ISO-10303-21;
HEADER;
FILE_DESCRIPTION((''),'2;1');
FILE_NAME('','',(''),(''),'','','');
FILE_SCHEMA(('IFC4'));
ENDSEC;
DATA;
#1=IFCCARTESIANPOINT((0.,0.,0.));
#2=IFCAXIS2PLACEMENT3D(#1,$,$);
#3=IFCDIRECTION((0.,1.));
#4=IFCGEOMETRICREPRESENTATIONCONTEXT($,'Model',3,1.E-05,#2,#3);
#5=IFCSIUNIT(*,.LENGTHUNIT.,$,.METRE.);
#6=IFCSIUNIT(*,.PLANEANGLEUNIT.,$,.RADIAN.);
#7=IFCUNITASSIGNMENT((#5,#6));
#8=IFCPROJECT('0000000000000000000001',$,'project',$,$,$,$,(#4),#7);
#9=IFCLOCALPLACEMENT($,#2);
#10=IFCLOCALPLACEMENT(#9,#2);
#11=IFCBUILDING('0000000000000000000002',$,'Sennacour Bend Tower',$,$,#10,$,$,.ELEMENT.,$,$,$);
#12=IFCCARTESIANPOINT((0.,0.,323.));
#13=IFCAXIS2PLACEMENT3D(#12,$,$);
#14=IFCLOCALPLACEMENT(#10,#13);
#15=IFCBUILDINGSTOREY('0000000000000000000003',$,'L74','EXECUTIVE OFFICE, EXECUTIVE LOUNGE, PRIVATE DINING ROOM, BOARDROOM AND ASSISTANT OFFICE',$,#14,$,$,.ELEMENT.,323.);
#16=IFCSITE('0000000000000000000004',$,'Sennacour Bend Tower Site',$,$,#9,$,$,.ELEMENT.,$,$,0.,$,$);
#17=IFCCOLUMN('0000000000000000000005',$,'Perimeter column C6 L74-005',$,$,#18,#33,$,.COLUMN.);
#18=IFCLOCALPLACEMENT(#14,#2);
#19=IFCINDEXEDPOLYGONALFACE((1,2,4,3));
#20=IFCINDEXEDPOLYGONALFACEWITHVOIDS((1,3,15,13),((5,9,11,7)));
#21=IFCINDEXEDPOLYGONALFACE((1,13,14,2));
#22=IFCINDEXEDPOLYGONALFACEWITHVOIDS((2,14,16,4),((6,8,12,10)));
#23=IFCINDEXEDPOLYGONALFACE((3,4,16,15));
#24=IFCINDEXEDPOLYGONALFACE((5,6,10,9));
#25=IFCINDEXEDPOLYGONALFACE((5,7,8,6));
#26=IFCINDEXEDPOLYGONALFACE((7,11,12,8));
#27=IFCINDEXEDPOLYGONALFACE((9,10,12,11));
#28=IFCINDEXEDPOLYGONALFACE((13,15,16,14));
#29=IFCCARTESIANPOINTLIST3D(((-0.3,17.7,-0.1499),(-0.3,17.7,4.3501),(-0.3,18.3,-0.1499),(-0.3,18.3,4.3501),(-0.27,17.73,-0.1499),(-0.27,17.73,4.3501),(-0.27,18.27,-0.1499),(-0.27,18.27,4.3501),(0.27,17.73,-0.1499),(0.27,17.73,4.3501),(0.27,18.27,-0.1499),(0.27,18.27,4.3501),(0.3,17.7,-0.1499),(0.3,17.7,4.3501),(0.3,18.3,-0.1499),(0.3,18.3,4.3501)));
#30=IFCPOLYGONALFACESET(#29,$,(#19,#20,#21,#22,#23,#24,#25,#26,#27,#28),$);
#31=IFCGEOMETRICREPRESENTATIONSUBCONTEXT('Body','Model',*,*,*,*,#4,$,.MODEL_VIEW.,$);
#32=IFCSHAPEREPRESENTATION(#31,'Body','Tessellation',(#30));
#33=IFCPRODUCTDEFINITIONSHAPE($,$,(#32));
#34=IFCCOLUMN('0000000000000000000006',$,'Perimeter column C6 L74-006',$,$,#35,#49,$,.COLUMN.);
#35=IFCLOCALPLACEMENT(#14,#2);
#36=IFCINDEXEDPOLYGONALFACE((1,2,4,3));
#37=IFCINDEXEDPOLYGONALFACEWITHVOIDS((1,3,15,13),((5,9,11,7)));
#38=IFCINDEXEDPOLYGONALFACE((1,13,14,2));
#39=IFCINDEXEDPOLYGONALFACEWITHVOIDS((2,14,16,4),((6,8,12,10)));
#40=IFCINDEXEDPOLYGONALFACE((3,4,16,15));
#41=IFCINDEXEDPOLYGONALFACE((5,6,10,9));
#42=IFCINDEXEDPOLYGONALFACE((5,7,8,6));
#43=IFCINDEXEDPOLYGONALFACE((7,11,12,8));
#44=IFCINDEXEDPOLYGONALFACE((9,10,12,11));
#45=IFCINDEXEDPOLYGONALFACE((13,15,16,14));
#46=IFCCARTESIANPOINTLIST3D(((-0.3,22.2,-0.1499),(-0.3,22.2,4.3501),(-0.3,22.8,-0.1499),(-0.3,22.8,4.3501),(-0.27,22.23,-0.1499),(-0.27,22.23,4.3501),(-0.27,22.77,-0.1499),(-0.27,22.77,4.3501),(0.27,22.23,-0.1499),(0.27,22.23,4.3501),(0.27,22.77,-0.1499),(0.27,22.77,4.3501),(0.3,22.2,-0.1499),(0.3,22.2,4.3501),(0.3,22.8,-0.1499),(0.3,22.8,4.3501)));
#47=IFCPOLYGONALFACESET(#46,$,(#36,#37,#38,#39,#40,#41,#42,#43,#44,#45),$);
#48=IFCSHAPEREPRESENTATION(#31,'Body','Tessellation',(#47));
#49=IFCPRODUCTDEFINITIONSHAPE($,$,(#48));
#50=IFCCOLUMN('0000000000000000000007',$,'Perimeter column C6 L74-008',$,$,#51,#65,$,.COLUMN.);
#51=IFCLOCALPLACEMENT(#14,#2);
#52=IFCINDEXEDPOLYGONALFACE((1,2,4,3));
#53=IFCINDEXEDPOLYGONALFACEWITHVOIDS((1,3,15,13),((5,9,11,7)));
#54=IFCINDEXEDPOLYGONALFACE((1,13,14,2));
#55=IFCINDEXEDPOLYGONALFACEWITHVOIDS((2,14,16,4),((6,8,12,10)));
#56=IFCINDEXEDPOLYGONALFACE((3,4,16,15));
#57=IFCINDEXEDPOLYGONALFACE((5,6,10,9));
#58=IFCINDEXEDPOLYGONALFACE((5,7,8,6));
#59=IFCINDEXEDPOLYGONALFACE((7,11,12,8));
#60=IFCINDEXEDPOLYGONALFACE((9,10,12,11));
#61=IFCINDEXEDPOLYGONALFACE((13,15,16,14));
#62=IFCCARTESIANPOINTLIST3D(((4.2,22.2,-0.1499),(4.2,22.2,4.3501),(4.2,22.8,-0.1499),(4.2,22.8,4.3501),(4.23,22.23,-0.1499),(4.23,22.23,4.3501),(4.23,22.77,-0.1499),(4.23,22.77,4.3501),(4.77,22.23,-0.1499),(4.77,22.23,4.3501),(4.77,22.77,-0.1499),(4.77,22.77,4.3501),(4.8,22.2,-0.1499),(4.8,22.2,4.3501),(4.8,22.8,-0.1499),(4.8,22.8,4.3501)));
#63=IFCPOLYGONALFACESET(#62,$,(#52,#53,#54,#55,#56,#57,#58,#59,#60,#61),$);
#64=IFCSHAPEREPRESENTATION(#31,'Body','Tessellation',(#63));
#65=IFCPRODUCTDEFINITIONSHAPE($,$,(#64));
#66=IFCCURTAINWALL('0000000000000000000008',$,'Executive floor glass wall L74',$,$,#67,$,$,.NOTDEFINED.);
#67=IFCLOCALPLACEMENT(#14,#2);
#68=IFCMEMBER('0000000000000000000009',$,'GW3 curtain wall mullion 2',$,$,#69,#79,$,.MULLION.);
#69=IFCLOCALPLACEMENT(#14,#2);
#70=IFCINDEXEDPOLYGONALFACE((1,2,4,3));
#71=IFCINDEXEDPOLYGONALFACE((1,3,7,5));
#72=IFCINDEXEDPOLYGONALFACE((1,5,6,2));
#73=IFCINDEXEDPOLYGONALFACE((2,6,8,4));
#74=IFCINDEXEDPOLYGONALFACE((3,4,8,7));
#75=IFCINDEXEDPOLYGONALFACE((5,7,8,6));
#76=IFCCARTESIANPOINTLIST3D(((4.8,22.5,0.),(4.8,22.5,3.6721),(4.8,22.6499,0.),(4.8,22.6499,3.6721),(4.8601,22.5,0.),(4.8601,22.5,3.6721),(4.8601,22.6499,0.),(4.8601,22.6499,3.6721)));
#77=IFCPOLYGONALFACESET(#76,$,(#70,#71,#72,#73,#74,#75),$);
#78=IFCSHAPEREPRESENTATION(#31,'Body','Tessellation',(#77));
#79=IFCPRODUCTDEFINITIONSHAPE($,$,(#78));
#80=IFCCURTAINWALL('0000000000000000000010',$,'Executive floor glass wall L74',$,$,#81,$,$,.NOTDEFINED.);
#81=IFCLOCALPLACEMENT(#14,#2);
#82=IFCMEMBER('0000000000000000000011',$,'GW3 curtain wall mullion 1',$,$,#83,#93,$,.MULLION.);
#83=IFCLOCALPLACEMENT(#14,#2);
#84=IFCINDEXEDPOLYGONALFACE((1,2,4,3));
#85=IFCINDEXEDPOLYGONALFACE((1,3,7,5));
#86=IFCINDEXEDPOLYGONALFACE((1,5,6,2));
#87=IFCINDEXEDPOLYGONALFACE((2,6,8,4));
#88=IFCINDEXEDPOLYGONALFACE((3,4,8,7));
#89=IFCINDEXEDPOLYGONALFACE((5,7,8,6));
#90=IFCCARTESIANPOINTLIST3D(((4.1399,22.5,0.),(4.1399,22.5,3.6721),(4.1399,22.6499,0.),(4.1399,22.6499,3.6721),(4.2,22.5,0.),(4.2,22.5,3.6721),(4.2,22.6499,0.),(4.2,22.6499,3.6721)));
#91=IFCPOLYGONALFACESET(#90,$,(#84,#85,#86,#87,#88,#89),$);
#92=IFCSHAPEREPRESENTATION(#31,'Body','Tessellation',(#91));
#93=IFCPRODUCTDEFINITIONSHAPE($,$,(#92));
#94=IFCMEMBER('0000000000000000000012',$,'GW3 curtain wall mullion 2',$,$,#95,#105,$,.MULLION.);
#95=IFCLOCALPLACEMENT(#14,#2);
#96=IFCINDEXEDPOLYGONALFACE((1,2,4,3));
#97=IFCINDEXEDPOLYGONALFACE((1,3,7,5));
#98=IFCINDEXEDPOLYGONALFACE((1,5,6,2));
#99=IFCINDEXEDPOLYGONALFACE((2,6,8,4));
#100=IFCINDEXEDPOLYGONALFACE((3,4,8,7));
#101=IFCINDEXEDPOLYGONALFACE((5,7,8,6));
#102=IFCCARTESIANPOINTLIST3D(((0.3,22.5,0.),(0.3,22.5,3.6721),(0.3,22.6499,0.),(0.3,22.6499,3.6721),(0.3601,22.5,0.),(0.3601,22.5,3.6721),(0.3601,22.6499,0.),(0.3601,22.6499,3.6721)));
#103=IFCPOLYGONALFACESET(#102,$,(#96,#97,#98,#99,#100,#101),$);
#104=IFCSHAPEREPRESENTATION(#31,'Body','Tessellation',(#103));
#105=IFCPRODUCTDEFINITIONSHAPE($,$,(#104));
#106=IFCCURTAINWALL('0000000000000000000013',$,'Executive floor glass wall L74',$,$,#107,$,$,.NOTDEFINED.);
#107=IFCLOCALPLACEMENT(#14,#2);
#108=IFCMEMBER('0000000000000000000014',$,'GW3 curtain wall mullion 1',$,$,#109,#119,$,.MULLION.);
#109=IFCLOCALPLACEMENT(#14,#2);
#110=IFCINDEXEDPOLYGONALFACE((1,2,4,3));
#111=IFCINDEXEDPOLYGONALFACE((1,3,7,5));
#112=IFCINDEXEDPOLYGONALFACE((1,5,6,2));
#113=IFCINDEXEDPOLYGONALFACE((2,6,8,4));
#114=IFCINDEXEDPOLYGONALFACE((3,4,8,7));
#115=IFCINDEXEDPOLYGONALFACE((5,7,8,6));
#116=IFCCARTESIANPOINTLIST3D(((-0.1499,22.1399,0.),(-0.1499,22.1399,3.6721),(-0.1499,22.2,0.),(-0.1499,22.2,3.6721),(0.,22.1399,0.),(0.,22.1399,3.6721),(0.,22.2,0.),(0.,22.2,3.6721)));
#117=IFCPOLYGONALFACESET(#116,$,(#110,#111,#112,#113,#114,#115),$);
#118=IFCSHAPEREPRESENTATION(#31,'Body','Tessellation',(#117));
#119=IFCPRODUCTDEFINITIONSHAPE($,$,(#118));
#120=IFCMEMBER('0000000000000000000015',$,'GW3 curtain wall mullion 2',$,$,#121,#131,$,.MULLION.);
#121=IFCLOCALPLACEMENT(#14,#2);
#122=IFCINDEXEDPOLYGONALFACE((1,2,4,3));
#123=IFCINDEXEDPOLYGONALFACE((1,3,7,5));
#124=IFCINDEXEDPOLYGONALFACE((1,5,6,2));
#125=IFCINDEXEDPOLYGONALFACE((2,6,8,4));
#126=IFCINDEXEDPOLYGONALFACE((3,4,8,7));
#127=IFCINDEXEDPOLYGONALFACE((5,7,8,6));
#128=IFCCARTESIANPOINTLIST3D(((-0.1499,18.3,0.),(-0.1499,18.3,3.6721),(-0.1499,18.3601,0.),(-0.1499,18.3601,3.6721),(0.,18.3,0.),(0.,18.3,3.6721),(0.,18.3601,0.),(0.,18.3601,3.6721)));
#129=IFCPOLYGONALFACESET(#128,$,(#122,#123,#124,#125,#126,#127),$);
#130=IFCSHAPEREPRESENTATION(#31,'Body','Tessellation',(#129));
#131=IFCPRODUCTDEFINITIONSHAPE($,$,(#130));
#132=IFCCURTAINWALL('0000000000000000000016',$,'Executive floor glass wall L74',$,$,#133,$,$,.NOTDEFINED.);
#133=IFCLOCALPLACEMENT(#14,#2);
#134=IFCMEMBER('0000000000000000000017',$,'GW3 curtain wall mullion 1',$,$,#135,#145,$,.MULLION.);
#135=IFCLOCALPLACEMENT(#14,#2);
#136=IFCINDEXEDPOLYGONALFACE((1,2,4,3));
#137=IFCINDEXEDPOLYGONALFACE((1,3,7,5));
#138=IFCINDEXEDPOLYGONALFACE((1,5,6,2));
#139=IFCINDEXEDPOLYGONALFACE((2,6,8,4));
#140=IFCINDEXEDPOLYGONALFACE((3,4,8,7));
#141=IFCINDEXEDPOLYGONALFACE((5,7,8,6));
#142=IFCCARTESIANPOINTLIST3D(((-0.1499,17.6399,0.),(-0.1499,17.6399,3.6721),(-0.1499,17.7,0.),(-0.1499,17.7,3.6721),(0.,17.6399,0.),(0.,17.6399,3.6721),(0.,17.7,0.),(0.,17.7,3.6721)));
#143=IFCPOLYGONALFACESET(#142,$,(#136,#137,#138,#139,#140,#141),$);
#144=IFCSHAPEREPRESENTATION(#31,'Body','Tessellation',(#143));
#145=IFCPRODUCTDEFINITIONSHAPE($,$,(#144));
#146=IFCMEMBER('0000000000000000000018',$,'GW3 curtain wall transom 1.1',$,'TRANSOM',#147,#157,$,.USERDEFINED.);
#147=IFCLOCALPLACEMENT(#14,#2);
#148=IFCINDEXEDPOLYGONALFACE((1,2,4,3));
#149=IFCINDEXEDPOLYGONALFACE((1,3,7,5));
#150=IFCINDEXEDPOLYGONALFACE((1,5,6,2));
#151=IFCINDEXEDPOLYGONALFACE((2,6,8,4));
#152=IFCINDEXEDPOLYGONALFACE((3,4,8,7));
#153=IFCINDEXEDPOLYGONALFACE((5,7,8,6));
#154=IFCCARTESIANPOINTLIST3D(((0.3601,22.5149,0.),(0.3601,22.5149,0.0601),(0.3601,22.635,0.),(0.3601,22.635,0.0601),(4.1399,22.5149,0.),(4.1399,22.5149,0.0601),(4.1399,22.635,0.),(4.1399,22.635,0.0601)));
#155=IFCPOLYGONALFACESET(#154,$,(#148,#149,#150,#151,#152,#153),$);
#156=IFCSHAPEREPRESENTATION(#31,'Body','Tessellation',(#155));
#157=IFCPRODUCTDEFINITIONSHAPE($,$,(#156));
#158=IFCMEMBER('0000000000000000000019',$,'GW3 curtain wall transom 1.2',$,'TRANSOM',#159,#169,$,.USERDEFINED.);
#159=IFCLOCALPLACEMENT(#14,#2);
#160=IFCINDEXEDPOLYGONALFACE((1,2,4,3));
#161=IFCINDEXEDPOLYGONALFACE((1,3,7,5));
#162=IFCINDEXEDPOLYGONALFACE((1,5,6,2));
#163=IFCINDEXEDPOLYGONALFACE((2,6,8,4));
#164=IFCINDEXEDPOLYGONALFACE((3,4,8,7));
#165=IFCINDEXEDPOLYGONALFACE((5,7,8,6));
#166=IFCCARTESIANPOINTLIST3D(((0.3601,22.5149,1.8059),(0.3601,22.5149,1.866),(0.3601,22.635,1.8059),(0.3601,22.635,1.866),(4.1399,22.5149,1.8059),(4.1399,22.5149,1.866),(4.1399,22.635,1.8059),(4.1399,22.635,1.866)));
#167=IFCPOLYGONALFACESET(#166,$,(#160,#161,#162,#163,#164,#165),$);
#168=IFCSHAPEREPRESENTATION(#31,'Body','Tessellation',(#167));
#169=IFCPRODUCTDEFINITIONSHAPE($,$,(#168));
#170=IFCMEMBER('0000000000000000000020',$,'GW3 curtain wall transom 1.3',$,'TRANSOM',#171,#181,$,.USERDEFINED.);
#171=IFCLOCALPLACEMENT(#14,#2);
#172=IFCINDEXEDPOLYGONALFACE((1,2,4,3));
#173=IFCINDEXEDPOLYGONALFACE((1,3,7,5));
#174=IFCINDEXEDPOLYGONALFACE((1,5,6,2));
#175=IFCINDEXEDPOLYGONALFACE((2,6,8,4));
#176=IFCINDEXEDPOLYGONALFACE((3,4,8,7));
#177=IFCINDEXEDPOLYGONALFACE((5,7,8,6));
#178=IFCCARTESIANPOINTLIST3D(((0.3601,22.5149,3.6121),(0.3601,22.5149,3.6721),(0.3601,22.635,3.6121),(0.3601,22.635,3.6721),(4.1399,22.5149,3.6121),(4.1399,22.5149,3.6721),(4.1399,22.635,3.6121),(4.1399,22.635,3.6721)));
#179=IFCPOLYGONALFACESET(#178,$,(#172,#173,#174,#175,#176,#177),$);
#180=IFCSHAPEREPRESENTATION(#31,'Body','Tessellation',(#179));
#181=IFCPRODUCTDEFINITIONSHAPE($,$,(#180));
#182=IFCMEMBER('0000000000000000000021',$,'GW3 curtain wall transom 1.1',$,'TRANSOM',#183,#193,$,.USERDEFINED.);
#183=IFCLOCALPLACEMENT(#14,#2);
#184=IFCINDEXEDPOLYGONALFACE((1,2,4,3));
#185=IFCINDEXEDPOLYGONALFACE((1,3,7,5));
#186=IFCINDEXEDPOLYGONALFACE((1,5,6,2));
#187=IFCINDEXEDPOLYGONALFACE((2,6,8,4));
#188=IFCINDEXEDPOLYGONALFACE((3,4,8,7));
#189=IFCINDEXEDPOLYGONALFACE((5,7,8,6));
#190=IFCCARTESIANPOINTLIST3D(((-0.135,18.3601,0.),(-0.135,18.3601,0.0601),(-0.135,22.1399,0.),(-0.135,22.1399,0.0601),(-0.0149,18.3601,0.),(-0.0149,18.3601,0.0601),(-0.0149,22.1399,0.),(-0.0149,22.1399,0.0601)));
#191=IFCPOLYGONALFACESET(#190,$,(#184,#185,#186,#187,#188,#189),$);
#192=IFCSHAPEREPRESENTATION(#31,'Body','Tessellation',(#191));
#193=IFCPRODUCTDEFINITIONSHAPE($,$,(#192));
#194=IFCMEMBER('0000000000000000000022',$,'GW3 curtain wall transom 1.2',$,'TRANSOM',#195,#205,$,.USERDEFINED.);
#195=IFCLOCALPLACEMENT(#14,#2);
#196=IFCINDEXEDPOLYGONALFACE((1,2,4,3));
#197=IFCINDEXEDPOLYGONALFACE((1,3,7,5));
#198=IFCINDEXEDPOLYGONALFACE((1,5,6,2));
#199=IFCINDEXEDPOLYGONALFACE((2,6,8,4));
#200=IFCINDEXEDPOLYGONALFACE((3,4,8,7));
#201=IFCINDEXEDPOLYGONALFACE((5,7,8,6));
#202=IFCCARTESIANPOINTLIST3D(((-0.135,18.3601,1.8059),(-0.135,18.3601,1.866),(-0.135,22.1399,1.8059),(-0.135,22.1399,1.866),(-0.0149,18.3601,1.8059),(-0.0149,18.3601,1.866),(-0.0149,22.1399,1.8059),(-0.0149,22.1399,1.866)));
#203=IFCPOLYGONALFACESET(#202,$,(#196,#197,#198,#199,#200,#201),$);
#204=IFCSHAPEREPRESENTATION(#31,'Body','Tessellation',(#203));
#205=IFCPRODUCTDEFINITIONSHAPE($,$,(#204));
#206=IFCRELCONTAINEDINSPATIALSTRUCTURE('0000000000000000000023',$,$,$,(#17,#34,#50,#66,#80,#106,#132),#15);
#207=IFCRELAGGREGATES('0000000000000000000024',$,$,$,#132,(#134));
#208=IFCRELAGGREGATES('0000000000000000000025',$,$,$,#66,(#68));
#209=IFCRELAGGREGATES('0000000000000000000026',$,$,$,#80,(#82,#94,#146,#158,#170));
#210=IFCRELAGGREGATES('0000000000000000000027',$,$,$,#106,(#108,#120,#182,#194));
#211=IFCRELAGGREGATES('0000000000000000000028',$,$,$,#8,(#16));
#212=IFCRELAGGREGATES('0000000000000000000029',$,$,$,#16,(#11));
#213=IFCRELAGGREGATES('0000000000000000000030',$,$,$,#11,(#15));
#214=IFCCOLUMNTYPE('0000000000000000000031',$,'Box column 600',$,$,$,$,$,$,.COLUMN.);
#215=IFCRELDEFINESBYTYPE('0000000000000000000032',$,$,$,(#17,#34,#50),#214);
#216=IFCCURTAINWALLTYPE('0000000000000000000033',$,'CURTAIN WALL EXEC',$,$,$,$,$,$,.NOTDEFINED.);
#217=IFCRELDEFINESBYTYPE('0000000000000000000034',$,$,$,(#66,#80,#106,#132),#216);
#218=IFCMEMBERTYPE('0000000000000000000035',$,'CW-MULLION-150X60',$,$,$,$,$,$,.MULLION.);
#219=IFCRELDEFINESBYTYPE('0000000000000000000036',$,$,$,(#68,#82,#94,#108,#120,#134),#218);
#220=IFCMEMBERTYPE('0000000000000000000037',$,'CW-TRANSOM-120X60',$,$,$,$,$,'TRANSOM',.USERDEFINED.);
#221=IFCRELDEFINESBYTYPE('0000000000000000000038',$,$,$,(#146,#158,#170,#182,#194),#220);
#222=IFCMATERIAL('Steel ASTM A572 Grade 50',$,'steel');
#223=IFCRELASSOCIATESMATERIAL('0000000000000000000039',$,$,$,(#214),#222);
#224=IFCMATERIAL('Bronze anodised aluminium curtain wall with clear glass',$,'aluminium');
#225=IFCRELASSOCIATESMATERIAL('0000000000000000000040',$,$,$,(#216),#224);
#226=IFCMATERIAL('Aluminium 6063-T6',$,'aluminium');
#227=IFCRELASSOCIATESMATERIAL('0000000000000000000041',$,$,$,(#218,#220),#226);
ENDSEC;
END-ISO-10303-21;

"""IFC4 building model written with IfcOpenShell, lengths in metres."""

from ifc_helpers import new_model, si_unit, direction, frame, origin, origin_2d, place, context, subcontext, project, spatial, rectangle, hollow_rectangle, extrude, material, material_profile, profile_set, type_object, element, aggregate, save


model = new_model("IFC4")

# Units and contexts
model_context = context("Model", 3, precision=1e-05, world=origin(), true_north=direction((0.0, 1.0)))
body_context = subcontext(model_context, "Body", "Model", "MODEL_VIEW")
ifc_project = project(units=[si_unit("LENGTHUNIT", "METRE"), si_unit("PLANEANGLEUNIT", "RADIAN")], contexts=[model_context])

# Site, building, storey
site_placement = place(None, origin())
site = spatial("IfcSite", under=ifc_project, at=site_placement, Name="Sennacour Bend Tower Site", CompositionType="ELEMENT", RefElevation=0.0)
building_placement = place(site_placement, origin())
building = spatial("IfcBuilding", under=site, at=building_placement, Name="Sennacour Bend Tower", CompositionType="ELEMENT")
storey_placement = place(building_placement, frame((0.0, 0.0, 323.0)))
storey = spatial("IfcBuildingStorey", under=building, at=storey_placement, Name="L74", Description="EXECUTIVE OFFICE, EXECUTIVE LOUNGE, PRIVATE DINING ROOM, BOARDROOM AND ASSISTANT OFFICE", CompositionType="ELEMENT", Elevation=323.0)

# Columns
ifc_material_1 = material(Name="Steel ASTM A572 Grade 50", Category="steel")
ifc_material_profile_1 = material_profile(ifc_material_1, hollow_rectangle(XDim=0.6001, YDim=0.6001, WallThickness=0.03, at=origin_2d()), Name="Steel ASTM A572 Grade 50", Category="steel")
ifc_profile_set_1 = profile_set([ifc_material_profile_1], Name="Steel ASTM A572 Grade 50")
column_type = type_object("IfcColumnType", Name="Box column 600", PredefinedType="COLUMN", material=ifc_profile_set_1)
for number, where, z_axis, x_axis, name in (
    (1, (0.0, 18.0, -0.1499), (0.0, 0.0, 1.0), (1.0, 0.0, 0.0), "Perimeter column C6 L74-005"),
    (2, (0.0, 22.5, -0.1499), (0.0, 0.0, 1.0), (1.0, 0.0, 0.0), "Perimeter column C6 L74-006"),
    (3, (4.5, 22.5, -0.1499), (0.0, 0.0, 1.0), (1.0, 0.0, 0.0), "Perimeter column C6 L74-008"),
):
    element("IfcColumn", number, at=place(storey_placement, frame(where, z_axis=z_axis, x_axis=x_axis)), inside=storey, type_object=column_type, Name=name, PredefinedType="COLUMN", context=body_context, shape_type="SweptSolid", body=[
        extrude(hollow_rectangle(XDim=0.6001, YDim=0.6001, WallThickness=0.03, at=origin_2d()), origin(), (0.0, 0.0, 1.0), 4.5),
    ])

# Curtain wall, member
ifc_material_2 = material(Name="Bronze anodised aluminium curtain wall with clear glass", Category="aluminium")
curtain_wall_type = type_object("IfcCurtainWallType", Name="CURTAIN WALL EXEC", PredefinedType="NOTDEFINED", material=ifc_material_2)
curtain_wall_1_placement = place(storey_placement, origin())
curtain_wall_1 = element("IfcCurtainWall", 4, at=curtain_wall_1_placement, inside=storey, type_object=curtain_wall_type, Name="Executive floor glass wall L74", PredefinedType="NOTDEFINED")
ifc_material_3 = material(Name="Aluminium 6063-T6", Category="aluminium")
ifc_material_profile_2 = material_profile(ifc_material_3, rectangle(XDim=0.1499, YDim=0.0601, at=origin_2d()), Name="Aluminium 6063-T6", Category="aluminium")
ifc_profile_set_2 = profile_set([ifc_material_profile_2], Name="Aluminium 6063-T6")
member_type_1 = type_object("IfcMemberType", Name="CW-MULLION-150X60", PredefinedType="MULLION", material=ifc_profile_set_2)
member_1_placement = place(storey_placement, frame((4.8301, 22.575, 0.0), z_axis=(0.0, 0.0, 1.0), x_axis=(0.0, -1.0, 0.0)))
member_1 = element("IfcMember", 5, at=member_1_placement, type_object=member_type_1, Name="GW3 curtain wall mullion 2", PredefinedType="MULLION", context=body_context, shape_type="SweptSolid", body=[
    extrude(rectangle(XDim=0.1499, YDim=0.0601, at=origin_2d()), origin(), (0.0, 0.0, 1.0), 3.6721),
])

# Curtain walls, members
curtain_wall_2_placement = place(storey_placement, origin())
curtain_wall_2 = element("IfcCurtainWall", 6, at=curtain_wall_2_placement, inside=storey, type_object=curtain_wall_type, Name="Executive floor glass wall L74", PredefinedType="NOTDEFINED")
member_2_placement = place(storey_placement, frame((4.1699, 22.575, 0.0), z_axis=(0.0, 0.0, 1.0), x_axis=(0.0, -1.0, 0.0)))
member_2 = element("IfcMember", 7, at=member_2_placement, type_object=member_type_1, Name="GW3 curtain wall mullion 1", PredefinedType="MULLION", context=body_context, shape_type="SweptSolid", body=[
    extrude(rectangle(XDim=0.1499, YDim=0.0601, at=origin_2d()), origin(), (0.0, 0.0, 1.0), 3.6721),
])
member_3_placement = place(storey_placement, frame((0.3301, 22.575, 0.0), z_axis=(0.0, 0.0, 1.0), x_axis=(0.0, -1.0, 0.0)))
member_3 = element("IfcMember", 8, at=member_3_placement, type_object=member_type_1, Name="GW3 curtain wall mullion 2", PredefinedType="MULLION", context=body_context, shape_type="SweptSolid", body=[
    extrude(rectangle(XDim=0.1499, YDim=0.0601, at=origin_2d()), origin(), (0.0, 0.0, 1.0), 3.6721),
])
curtain_wall_3_placement = place(storey_placement, origin())
curtain_wall_3 = element("IfcCurtainWall", 9, at=curtain_wall_3_placement, inside=storey, type_object=curtain_wall_type, Name="Executive floor glass wall L74", PredefinedType="NOTDEFINED")
member_4_placement = place(storey_placement, frame((-0.075, 22.1699, 0.0), z_axis=(0.0, 0.0, 1.0), x_axis=(1.0, 0.0, 0.0)))
member_4 = element("IfcMember", 10, at=member_4_placement, type_object=member_type_1, Name="GW3 curtain wall mullion 1", PredefinedType="MULLION", context=body_context, shape_type="SweptSolid", body=[
    extrude(rectangle(XDim=0.1499, YDim=0.0601, at=origin_2d()), origin(), (0.0, 0.0, 1.0), 3.6721),
])
member_5_placement = place(storey_placement, frame((-0.075, 18.3301, 0.0), z_axis=(0.0, 0.0, 1.0), x_axis=(1.0, 0.0, 0.0)))
member_5 = element("IfcMember", 11, at=member_5_placement, type_object=member_type_1, Name="GW3 curtain wall mullion 2", PredefinedType="MULLION", context=body_context, shape_type="SweptSolid", body=[
    extrude(rectangle(XDim=0.1499, YDim=0.0601, at=origin_2d()), origin(), (0.0, 0.0, 1.0), 3.6721),
])

# Curtain wall, member
curtain_wall_4_placement = place(storey_placement, origin())
curtain_wall_4 = element("IfcCurtainWall", 12, at=curtain_wall_4_placement, inside=storey, type_object=curtain_wall_type, Name="Executive floor glass wall L74", PredefinedType="NOTDEFINED")
member_6_placement = place(storey_placement, frame((-0.075, 17.6699, 0.0), z_axis=(0.0, 0.0, 1.0), x_axis=(1.0, 0.0, 0.0)))
member_6 = element("IfcMember", 13, at=member_6_placement, type_object=member_type_1, Name="GW3 curtain wall mullion 1", PredefinedType="MULLION", context=body_context, shape_type="SweptSolid", body=[
    extrude(rectangle(XDim=0.1499, YDim=0.0601, at=origin_2d()), origin(), (0.0, 0.0, 1.0), 3.6721),
])

# Members
ifc_material_profile_3 = material_profile(ifc_material_3, rectangle(XDim=0.1201, YDim=0.0601, at=origin_2d()), Name="Aluminium 6063-T6", Category="aluminium")
ifc_profile_set_3 = profile_set([ifc_material_profile_3], Name="Aluminium 6063-T6")
member_type_2 = type_object("IfcMemberType", Name="CW-TRANSOM-120X60", ElementType="TRANSOM", PredefinedType="USERDEFINED", material=ifc_profile_set_3)
member_7_placement = place(storey_placement, frame((4.1399, 22.575, 0.03), z_axis=(-1.0, 0.0, 0.0), x_axis=(0.0, -1.0, 0.0)))
member_7 = element("IfcMember", 14, at=member_7_placement, type_object=member_type_2, Name="GW3 curtain wall transom 1.1", ObjectType="TRANSOM", PredefinedType="USERDEFINED", context=body_context, shape_type="SweptSolid", body=[
    extrude(rectangle(XDim=0.1201, YDim=0.0601, at=origin_2d()), origin(), (0.0, 0.0, 1.0), 3.7798),
])
member_8_placement = place(storey_placement, frame((4.1399, 22.575, 1.8359), z_axis=(-1.0, 0.0, 0.0), x_axis=(0.0, -1.0, 0.0)))
member_8 = element("IfcMember", 15, at=member_8_placement, type_object=member_type_2, Name="GW3 curtain wall transom 1.2", ObjectType="TRANSOM", PredefinedType="USERDEFINED", context=body_context, shape_type="SweptSolid", body=[
    extrude(rectangle(XDim=0.1201, YDim=0.0601, at=origin_2d()), origin(), (0.0, 0.0, 1.0), 3.7798),
])
member_9_placement = place(storey_placement, frame((4.1399, 22.575, 3.6421), z_axis=(-1.0, 0.0, 0.0), x_axis=(0.0, -1.0, 0.0)))
member_9 = element("IfcMember", 16, at=member_9_placement, type_object=member_type_2, Name="GW3 curtain wall transom 1.3", ObjectType="TRANSOM", PredefinedType="USERDEFINED", context=body_context, shape_type="SweptSolid", body=[
    extrude(rectangle(XDim=0.1201, YDim=0.0601, at=origin_2d()), origin(), (0.0, 0.0, 1.0), 3.7798),
])
member_10_placement = place(storey_placement, frame((-0.075, 22.1399, 0.03), z_axis=(0.0, -1.0, 0.0), x_axis=(1.0, 0.0, 0.0)))
member_10 = element("IfcMember", 17, at=member_10_placement, type_object=member_type_2, Name="GW3 curtain wall transom 1.1", ObjectType="TRANSOM", PredefinedType="USERDEFINED", context=body_context, shape_type="SweptSolid", body=[
    extrude(rectangle(XDim=0.1201, YDim=0.0601, at=origin_2d()), origin(), (0.0, 0.0, 1.0), 3.7798),
])
member_11_placement = place(storey_placement, frame((-0.075, 22.1399, 1.8359), z_axis=(0.0, -1.0, 0.0), x_axis=(1.0, 0.0, 0.0)))
member_11 = element("IfcMember", 18, at=member_11_placement, type_object=member_type_2, Name="GW3 curtain wall transom 1.2", ObjectType="TRANSOM", PredefinedType="USERDEFINED", context=body_context, shape_type="SweptSolid", body=[
    extrude(rectangle(XDim=0.1201, YDim=0.0601, at=origin_2d()), origin(), (0.0, 0.0, 1.0), 3.7798),
])
aggregate(curtain_wall_4, [member_6])

aggregate(curtain_wall_1, [member_1])
aggregate(curtain_wall_2, [member_2, member_3, member_7, member_8, member_9])
aggregate(curtain_wall_3, [member_4, member_5, member_10, member_11])

save(model, "model.ifc")
